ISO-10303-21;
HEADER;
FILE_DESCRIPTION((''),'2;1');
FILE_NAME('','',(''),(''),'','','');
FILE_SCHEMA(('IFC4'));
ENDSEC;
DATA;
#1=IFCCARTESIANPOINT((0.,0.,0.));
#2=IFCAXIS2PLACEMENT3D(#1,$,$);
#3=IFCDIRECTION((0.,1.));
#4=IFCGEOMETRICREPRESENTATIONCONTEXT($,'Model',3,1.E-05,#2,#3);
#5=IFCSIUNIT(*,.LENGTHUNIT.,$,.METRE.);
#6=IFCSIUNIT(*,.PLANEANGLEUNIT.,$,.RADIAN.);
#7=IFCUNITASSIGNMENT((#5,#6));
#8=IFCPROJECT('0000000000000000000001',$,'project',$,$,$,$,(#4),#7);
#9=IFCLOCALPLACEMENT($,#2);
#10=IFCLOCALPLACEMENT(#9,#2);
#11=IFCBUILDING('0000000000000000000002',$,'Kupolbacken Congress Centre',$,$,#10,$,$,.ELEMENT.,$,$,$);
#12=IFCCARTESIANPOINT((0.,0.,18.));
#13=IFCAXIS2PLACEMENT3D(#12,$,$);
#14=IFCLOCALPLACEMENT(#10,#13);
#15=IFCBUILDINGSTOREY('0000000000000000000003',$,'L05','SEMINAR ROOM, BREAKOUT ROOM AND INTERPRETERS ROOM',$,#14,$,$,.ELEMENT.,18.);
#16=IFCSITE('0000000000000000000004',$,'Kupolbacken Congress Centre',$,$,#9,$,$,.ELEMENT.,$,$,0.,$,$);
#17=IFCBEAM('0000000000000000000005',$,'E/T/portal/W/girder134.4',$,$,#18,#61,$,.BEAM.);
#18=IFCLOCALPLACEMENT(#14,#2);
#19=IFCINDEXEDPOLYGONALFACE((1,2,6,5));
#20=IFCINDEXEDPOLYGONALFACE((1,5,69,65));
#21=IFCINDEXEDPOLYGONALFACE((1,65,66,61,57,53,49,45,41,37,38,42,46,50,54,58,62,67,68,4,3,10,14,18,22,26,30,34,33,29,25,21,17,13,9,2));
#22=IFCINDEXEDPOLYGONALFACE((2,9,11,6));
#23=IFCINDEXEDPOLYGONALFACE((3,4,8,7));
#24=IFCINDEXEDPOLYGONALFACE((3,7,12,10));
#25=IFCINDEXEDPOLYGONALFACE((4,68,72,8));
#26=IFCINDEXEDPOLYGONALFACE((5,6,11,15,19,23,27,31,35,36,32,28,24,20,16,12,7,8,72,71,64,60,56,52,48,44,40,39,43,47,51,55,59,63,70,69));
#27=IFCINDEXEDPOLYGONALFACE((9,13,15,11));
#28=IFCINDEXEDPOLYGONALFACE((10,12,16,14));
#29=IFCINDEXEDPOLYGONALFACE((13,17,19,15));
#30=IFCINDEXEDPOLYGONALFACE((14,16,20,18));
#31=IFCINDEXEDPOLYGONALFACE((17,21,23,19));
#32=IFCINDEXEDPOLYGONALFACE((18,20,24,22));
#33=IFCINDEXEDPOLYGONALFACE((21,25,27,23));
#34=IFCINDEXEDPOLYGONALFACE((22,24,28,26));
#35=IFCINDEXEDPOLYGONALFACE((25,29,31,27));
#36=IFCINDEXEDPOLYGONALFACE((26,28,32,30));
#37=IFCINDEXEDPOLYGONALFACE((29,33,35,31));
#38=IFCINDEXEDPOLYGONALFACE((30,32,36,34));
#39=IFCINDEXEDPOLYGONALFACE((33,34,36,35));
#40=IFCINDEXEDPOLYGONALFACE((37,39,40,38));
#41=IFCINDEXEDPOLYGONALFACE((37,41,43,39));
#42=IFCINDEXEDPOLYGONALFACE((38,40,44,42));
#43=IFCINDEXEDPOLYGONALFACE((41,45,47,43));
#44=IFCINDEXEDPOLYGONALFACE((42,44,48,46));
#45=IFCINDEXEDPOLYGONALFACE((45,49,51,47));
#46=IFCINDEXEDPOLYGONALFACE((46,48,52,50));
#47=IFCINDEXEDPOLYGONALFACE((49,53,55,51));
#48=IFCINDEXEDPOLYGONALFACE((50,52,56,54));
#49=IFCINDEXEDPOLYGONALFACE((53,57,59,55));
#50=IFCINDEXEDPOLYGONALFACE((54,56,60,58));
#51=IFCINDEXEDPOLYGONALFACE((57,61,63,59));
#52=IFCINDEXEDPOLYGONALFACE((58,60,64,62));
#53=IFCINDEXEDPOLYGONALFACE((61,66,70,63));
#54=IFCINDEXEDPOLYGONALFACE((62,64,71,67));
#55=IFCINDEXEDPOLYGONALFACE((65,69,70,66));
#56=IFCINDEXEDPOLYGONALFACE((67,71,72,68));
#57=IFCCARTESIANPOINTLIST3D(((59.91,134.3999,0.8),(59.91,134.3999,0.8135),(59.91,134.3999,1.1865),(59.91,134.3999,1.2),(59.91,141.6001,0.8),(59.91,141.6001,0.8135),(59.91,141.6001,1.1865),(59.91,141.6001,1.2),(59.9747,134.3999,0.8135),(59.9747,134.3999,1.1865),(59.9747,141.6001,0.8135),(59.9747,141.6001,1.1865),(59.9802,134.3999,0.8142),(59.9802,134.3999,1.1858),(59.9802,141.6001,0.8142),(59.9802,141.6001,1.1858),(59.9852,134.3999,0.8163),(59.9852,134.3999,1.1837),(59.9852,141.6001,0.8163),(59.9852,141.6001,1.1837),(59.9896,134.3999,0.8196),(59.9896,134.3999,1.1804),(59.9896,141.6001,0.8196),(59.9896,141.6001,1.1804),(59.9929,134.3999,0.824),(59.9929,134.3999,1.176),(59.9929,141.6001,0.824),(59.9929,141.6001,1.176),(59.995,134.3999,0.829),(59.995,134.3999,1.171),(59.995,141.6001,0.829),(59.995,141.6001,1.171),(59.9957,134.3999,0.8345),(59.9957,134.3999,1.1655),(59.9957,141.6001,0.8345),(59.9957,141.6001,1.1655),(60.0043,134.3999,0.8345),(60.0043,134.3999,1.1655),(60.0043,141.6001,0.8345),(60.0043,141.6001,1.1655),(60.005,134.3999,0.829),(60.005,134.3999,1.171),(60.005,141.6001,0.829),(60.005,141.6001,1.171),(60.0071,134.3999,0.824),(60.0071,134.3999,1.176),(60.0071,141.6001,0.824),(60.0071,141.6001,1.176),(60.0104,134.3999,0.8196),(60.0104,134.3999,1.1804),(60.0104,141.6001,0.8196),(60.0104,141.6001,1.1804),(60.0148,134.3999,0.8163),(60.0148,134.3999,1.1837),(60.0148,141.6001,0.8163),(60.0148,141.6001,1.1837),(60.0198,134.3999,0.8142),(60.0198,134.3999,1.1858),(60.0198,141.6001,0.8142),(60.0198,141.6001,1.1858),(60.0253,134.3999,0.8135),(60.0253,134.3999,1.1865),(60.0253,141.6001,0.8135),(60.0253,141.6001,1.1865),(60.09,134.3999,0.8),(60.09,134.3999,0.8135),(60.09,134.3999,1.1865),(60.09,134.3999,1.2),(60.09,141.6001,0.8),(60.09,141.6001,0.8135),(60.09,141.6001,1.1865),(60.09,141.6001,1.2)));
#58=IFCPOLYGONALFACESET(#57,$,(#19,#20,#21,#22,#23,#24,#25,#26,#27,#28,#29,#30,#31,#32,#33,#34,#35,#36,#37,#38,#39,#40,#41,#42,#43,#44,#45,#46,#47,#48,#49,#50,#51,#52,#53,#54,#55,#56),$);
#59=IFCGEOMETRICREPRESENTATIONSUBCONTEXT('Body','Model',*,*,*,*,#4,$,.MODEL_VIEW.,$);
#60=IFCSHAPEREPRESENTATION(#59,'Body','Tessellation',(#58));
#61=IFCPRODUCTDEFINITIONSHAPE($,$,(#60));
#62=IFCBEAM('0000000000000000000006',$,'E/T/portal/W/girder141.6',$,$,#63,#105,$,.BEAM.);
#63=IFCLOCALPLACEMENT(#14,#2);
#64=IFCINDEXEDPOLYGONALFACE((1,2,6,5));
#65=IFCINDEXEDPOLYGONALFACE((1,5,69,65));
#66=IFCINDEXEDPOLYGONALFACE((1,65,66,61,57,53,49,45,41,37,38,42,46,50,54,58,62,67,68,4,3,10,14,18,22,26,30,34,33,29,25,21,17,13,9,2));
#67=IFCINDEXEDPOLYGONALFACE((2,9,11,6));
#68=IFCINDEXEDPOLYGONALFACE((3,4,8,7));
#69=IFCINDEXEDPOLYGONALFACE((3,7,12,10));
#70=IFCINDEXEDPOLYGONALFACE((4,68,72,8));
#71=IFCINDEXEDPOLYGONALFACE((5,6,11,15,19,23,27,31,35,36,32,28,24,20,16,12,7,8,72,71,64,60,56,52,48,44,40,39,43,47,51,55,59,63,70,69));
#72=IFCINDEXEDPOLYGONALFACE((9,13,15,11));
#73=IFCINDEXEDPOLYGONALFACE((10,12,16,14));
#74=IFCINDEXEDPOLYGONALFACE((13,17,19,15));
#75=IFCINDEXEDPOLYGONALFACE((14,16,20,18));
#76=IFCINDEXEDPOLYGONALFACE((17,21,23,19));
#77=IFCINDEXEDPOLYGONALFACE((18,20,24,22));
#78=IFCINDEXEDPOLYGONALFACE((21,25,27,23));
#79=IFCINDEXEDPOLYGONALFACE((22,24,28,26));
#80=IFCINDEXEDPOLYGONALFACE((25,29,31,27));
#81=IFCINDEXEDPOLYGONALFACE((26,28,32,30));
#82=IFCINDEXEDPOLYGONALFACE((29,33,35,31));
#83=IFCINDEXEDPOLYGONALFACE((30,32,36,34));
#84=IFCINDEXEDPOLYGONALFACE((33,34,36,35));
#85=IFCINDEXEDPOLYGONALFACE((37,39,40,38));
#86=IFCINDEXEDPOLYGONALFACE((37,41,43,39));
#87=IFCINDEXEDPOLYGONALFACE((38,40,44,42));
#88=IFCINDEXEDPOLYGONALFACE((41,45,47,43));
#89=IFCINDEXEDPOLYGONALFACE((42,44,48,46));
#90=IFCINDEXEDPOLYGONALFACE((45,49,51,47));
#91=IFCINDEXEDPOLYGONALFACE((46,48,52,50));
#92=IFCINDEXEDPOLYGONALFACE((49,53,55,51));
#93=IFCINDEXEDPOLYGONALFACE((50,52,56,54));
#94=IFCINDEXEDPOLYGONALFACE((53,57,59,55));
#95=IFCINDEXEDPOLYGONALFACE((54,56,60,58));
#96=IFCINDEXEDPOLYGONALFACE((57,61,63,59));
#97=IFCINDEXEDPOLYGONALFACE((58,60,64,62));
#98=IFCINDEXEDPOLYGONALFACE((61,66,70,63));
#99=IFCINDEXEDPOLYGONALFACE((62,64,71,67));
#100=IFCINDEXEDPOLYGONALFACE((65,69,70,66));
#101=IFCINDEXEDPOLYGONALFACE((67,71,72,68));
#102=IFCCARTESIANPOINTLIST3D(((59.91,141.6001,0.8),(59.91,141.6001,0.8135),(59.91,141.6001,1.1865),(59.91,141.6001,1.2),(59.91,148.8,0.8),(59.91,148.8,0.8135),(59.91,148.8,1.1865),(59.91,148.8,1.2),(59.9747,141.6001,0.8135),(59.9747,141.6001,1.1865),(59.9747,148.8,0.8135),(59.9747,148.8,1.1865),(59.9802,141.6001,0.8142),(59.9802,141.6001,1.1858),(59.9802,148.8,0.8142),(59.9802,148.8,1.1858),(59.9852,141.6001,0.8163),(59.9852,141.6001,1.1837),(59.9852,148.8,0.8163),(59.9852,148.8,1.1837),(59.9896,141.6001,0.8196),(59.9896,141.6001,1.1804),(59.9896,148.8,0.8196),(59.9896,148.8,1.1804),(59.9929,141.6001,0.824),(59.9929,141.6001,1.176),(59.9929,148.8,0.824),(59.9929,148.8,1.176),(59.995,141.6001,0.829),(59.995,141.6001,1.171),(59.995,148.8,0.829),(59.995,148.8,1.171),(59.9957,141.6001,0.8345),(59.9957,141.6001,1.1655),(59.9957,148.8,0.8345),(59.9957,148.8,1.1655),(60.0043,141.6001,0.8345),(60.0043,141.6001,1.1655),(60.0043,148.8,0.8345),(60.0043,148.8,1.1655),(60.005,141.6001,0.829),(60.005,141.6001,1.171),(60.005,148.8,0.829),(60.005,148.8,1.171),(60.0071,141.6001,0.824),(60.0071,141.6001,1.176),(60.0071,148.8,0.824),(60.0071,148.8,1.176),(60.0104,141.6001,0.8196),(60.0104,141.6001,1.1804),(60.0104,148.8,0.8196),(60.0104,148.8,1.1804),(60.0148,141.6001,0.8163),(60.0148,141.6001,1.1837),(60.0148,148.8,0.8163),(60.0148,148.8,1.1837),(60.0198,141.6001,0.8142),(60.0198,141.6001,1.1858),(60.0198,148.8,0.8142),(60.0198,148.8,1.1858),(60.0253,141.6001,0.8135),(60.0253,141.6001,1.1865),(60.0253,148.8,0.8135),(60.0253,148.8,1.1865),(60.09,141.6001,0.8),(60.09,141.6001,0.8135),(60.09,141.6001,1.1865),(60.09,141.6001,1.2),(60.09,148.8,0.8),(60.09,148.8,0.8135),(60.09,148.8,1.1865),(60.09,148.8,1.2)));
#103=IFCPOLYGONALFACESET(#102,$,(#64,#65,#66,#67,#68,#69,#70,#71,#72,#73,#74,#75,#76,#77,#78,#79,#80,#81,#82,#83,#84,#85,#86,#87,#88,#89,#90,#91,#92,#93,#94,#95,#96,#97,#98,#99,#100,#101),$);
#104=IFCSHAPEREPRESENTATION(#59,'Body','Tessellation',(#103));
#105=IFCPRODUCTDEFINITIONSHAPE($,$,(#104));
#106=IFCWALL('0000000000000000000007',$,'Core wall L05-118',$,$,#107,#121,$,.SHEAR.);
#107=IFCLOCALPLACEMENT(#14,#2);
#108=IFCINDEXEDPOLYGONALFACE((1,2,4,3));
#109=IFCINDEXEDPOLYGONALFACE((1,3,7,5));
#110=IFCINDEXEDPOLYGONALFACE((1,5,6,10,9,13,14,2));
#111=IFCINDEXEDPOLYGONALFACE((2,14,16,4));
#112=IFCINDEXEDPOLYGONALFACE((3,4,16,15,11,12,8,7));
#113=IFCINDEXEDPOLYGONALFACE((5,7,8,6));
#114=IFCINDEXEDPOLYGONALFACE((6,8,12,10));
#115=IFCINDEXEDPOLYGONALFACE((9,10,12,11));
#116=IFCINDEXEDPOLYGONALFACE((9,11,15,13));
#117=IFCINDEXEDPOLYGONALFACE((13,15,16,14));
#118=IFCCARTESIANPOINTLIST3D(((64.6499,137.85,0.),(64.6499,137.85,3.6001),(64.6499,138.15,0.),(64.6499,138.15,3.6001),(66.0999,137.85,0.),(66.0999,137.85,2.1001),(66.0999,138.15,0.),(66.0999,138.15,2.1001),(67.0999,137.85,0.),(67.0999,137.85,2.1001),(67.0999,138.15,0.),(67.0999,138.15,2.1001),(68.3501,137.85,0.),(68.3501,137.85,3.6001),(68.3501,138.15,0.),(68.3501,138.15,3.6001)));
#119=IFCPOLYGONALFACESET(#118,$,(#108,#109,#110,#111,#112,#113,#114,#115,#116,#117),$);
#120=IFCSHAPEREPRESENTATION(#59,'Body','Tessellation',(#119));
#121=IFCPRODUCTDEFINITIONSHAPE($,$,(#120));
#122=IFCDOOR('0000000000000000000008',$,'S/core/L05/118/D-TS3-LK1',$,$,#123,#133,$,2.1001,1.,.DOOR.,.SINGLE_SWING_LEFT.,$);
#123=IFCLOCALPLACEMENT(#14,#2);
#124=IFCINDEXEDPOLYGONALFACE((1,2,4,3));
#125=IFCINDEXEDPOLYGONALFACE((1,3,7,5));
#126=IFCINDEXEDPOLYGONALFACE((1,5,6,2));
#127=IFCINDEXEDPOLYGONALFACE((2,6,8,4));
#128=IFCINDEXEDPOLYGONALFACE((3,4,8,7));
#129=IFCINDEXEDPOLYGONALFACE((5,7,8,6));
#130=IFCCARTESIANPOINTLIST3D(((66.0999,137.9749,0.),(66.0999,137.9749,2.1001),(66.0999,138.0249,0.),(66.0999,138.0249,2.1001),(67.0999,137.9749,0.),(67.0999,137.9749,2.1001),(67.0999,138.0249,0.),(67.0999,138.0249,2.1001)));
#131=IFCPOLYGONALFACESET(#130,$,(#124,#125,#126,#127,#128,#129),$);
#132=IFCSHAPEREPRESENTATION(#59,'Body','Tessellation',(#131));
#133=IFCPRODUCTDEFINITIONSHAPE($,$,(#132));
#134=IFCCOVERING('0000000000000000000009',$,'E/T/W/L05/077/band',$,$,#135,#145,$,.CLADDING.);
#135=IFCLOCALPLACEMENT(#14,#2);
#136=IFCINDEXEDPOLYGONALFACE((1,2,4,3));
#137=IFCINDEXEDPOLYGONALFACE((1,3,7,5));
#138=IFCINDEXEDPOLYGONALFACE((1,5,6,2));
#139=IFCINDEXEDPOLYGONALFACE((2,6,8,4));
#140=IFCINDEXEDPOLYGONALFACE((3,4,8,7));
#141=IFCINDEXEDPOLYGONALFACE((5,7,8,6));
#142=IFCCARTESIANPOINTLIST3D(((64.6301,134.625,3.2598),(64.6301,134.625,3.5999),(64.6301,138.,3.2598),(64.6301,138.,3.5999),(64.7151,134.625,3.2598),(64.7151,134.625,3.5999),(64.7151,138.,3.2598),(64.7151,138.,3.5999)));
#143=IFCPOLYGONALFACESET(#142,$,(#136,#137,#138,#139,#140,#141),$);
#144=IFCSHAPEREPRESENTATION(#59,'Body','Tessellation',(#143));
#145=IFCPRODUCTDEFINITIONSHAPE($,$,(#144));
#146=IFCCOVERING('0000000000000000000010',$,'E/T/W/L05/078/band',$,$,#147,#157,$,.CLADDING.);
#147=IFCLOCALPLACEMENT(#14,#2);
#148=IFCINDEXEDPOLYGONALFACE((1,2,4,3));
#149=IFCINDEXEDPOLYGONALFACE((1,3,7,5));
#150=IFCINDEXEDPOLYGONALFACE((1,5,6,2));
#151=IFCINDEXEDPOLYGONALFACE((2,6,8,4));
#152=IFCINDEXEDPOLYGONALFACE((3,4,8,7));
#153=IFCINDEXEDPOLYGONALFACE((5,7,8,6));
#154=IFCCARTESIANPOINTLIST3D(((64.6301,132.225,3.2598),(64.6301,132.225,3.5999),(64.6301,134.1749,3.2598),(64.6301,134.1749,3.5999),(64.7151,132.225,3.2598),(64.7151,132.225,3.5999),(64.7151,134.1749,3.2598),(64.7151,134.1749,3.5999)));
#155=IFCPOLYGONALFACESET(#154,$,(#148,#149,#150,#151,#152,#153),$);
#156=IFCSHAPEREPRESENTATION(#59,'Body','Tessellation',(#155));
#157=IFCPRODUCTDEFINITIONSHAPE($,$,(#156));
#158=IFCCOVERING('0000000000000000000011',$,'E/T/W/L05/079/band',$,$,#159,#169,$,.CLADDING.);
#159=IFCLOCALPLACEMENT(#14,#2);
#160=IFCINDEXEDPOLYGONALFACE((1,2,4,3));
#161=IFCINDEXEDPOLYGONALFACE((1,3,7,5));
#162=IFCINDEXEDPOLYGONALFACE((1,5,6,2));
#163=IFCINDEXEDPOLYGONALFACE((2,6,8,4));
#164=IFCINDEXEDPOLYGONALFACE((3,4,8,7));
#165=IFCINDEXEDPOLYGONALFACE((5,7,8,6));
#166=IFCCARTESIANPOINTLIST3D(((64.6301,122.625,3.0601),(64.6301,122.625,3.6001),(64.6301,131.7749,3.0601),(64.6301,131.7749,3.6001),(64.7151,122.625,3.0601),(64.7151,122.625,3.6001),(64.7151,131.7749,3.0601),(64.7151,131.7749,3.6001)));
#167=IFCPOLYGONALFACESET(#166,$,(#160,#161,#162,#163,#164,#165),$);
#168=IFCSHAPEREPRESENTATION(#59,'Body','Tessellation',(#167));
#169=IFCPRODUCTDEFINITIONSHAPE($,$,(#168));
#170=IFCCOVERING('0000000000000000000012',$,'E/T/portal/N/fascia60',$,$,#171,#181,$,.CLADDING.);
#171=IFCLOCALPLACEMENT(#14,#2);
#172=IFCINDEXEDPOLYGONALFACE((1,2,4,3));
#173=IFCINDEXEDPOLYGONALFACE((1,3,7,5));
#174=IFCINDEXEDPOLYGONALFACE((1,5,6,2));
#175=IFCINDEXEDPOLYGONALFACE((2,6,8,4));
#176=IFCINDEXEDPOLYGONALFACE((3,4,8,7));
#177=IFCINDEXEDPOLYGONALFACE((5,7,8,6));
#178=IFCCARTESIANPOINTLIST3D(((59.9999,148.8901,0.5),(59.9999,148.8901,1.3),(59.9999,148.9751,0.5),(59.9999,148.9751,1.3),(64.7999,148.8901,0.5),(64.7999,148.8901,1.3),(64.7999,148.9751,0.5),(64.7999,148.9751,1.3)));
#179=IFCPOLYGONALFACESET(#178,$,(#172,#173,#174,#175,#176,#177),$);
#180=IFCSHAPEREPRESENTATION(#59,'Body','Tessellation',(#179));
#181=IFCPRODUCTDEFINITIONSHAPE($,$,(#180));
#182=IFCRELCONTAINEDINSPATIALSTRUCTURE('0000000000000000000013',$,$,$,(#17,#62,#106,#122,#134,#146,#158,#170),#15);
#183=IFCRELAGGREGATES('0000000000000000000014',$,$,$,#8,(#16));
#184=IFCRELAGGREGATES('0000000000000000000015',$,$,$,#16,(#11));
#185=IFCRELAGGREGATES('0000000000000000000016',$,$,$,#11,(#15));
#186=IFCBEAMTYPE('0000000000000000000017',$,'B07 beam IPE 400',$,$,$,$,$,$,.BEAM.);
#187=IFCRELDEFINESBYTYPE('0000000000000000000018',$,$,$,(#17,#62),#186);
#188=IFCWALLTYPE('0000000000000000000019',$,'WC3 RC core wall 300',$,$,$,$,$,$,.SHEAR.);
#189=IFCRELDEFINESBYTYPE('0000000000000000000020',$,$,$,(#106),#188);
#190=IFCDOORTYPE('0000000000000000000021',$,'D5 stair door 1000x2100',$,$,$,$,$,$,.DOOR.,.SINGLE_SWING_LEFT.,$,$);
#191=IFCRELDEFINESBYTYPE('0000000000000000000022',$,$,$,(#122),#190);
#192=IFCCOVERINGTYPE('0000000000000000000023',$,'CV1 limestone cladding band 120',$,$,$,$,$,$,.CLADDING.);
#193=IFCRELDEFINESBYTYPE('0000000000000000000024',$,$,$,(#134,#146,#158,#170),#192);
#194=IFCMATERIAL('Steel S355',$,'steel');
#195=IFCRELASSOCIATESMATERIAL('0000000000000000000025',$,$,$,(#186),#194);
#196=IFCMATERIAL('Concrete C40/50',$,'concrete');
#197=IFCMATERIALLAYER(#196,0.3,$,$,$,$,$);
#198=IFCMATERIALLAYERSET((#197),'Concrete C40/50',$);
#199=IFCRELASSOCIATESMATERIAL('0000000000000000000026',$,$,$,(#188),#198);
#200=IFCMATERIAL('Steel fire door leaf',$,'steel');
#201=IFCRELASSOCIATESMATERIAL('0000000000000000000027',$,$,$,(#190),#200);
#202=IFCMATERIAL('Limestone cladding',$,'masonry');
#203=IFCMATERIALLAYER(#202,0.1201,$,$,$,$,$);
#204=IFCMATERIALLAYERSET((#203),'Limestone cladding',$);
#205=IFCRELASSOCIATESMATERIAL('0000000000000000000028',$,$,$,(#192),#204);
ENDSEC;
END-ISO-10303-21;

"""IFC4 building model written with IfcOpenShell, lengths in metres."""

from ifc_helpers import new_model, si_unit, direction, frame, frame_2d, origin, origin_2d, place, context, subcontext, project, spatial, rectangle, i_section, extrude, material, layer, layer_set, material_profile, profile_set, type_object, element, fill, save


model = new_model("IFC4")

# Units and contexts
model_context = context("Model", 3, precision=1e-05, world=origin(), true_north=direction((0.0, 1.0)))
body_context = subcontext(model_context, "Body", "Model", "MODEL_VIEW")
ifc_project = project(units=[si_unit("LENGTHUNIT", "METRE"), si_unit("PLANEANGLEUNIT", "RADIAN")], contexts=[model_context])

# Site, building, storey
site_placement = place(None, origin())
site = spatial("IfcSite", under=ifc_project, at=site_placement, Name="Kupolbacken Congress Centre", CompositionType="ELEMENT", RefElevation=0.0)
building_placement = place(site_placement, origin())
building = spatial("IfcBuilding", under=site, at=building_placement, Name="Kupolbacken Congress Centre", CompositionType="ELEMENT")
storey_placement = place(building_placement, frame((0.0, 0.0, 18.0)))
storey = spatial("IfcBuildingStorey", under=building, at=storey_placement, Name="L05", Description="SEMINAR ROOM, BREAKOUT ROOM AND INTERPRETERS ROOM", CompositionType="ELEMENT", Elevation=18.0)

# Beams
ifc_material_1 = material(Name="Steel S355", Category="steel")
ifc_material_profile_1 = material_profile(ifc_material_1, i_section(OverallWidth=0.1799, OverallDepth=0.3999, WebThickness=0.0085, FlangeThickness=0.0134, FilletRadius=0.021, at=origin_2d()), Name="IPE 400")
ifc_profile_set_1 = profile_set([ifc_material_profile_1], Name="Steel S355")
beam_type_1 = type_object("IfcBeamType", Name="B07 beam IPE 400", PredefinedType="BEAM", material=ifc_profile_set_1)
beam_1_placement = place(storey_placement, frame((60.0, 134.3999, 1.0), z_axis=(0.0, 1.0, 0.0), x_axis=(-1.0, 0.0, 0.0)))
element("IfcBeam", 1, at=beam_1_placement, inside=storey, type_object=beam_type_1, Name="E/T/portal/W/girder134.4", PredefinedType="BEAM", context=body_context, shape_type="SweptSolid", body=[
    extrude(i_section(OverallWidth=0.1799, OverallDepth=0.3999, WebThickness=0.0085, FlangeThickness=0.0134, FilletRadius=0.021, at=origin_2d()), origin(), (0.0, 0.0, 1.0), 7.2002),
])
beam_2_placement = place(storey_placement, frame((60.0, 141.6001, 1.0), z_axis=(0.0, 1.0, 0.0), x_axis=(-1.0, 0.0, 0.0)))
element("IfcBeam", 2, at=beam_2_placement, inside=storey, type_object=beam_type_1, Name="E/T/portal/W/girder141.6", PredefinedType="BEAM", context=body_context, shape_type="SweptSolid", body=[
    extrude(i_section(OverallWidth=0.1799, OverallDepth=0.3999, WebThickness=0.0085, FlangeThickness=0.0134, FilletRadius=0.021, at=origin_2d()), origin(), (0.0, 0.0, 1.0), 7.2),
])

# Wall, opening, door
ifc_material_2 = material(Name="Concrete C40/50", Category="concrete")
ifc_layer_1 = layer(ifc_material_2, 0.3)
ifc_layer_set_1 = layer_set([ifc_layer_1], Name="Concrete C40/50")
wall_type = type_object("IfcWallType", Name="WC3 RC core wall 300", PredefinedType="SHEAR", material=ifc_layer_set_1)
wall_placement = place(storey_placement, frame((64.6499, 138.0, 0.0), z_axis=(0.0, 0.0, 1.0), x_axis=(1.0, 0.0, 0.0)))
wall = element("IfcWall", 3, at=wall_placement, inside=storey, type_object=wall_type, Name="Core wall L05-118", PredefinedType="SHEAR", context=body_context, shape_type="SweptSolid", body=[
    extrude(rectangle(XDim=3.7002, YDim=0.3, at=frame_2d((1.8501, 0.0))), origin(), (0.0, 0.0, 1.0), 3.6001),
])
opening_placement = place(wall_placement, frame((1.45, 0.0, 0.0)))
opening = element("IfcOpeningElement", 4, at=opening_placement, cuts=wall, PredefinedType="OPENING", context=body_context, shape_type="SweptSolid", body=[
    extrude(rectangle(XDim=1.0, YDim=2.1001, at=frame_2d((0.5, 1.05))), frame((0.0, 0.1599, 0.0), z_axis=(0.0, -1.0, 0.0), x_axis=(1.0, 0.0, 0.0)), (0.0, 0.0, 1.0), 0.3201),
])
ifc_material_3 = material(Name="Steel fire door leaf", Category="steel")
door_type = type_object("IfcDoorType", Name="D5 stair door 1000x2100", OperationType="SINGLE_SWING_LEFT", PredefinedType="DOOR", material=ifc_material_3)
door_placement = place(opening_placement, origin())
door = element("IfcDoor", 5, at=door_placement, inside=storey, type_object=door_type, Name="S/core/L05/118/D-TS3-LK1", OperationType="SINGLE_SWING_LEFT", OverallHeight=2.1001, OverallWidth=1.0, PredefinedType="DOOR", context=body_context, shape_type="SweptSolid", body=[
    extrude(rectangle(XDim=1.0, YDim=2.1001, at=frame_2d((0.5, 1.05))), frame((0.0, 0.0249, 0.0), z_axis=(0.0, -1.0, 0.0), x_axis=(1.0, 0.0, 0.0)), (0.0, 0.0, 1.0), 0.05),
])
fill(opening, door)

# Coverings
ifc_material_4 = material(Name="Limestone cladding", Category="masonry")
ifc_layer_2 = layer(ifc_material_4, 0.1201)
ifc_layer_set_2 = layer_set([ifc_layer_2], Name="Limestone cladding")
covering_type_1 = type_object("IfcCoveringType", Name="CV1 limestone cladding band 120", PredefinedType="CLADDING", material=ifc_layer_set_2)
covering_1_placement = place(storey_placement, frame((64.6726, 136.3125, 3.2598), z_axis=(0.0, 0.0, 1.0), x_axis=(0.0, -1.0, 0.0)))
element("IfcCovering", 6, at=covering_1_placement, inside=storey, type_object=covering_type_1, Name="E/T/W/L05/077/band", PredefinedType="CLADDING", context=body_context, shape_type="SweptSolid", body=[
    extrude(rectangle(XDim=3.375, YDim=0.085, at=origin_2d()), origin(), (0.0, 0.0, 1.0), 0.3401),
])
covering_2_placement = place(storey_placement, frame((64.6726, 133.2, 3.2598), z_axis=(0.0, 0.0, 1.0), x_axis=(0.0, -1.0, 0.0)))
element("IfcCovering", 7, at=covering_2_placement, inside=storey, type_object=covering_type_1, Name="E/T/W/L05/078/band", PredefinedType="CLADDING", context=body_context, shape_type="SweptSolid", body=[
    extrude(rectangle(XDim=1.95, YDim=0.085, at=origin_2d()), origin(), (0.0, 0.0, 1.0), 0.3401),
])
covering_3_placement = place(storey_placement, frame((64.6726, 127.2, 3.0601), z_axis=(0.0, 0.0, 1.0), x_axis=(0.0, -1.0, 0.0)))
element("IfcCovering", 8, at=covering_3_placement, inside=storey, type_object=covering_type_1, Name="E/T/W/L05/079/band", PredefinedType="CLADDING", context=body_context, shape_type="SweptSolid", body=[
    extrude(rectangle(XDim=9.1499, YDim=0.085, at=origin_2d()), origin(), (0.0, 0.0, 1.0), 0.54),
])
covering_4_placement = place(storey_placement, frame((62.3999, 148.9326, 0.5), z_axis=(0.0, 0.0, 1.0), x_axis=(1.0, 0.0, 0.0)))
element("IfcCovering", 9, at=covering_4_placement, inside=storey, type_object=covering_type_1, Name="E/T/portal/N/fascia60", PredefinedType="CLADDING", context=body_context, shape_type="SweptSolid", body=[
    extrude(rectangle(XDim=4.8, YDim=0.085, at=origin_2d()), origin(), (0.0, 0.0, 1.0), 0.8),
])

save(model, "model.ifc")
